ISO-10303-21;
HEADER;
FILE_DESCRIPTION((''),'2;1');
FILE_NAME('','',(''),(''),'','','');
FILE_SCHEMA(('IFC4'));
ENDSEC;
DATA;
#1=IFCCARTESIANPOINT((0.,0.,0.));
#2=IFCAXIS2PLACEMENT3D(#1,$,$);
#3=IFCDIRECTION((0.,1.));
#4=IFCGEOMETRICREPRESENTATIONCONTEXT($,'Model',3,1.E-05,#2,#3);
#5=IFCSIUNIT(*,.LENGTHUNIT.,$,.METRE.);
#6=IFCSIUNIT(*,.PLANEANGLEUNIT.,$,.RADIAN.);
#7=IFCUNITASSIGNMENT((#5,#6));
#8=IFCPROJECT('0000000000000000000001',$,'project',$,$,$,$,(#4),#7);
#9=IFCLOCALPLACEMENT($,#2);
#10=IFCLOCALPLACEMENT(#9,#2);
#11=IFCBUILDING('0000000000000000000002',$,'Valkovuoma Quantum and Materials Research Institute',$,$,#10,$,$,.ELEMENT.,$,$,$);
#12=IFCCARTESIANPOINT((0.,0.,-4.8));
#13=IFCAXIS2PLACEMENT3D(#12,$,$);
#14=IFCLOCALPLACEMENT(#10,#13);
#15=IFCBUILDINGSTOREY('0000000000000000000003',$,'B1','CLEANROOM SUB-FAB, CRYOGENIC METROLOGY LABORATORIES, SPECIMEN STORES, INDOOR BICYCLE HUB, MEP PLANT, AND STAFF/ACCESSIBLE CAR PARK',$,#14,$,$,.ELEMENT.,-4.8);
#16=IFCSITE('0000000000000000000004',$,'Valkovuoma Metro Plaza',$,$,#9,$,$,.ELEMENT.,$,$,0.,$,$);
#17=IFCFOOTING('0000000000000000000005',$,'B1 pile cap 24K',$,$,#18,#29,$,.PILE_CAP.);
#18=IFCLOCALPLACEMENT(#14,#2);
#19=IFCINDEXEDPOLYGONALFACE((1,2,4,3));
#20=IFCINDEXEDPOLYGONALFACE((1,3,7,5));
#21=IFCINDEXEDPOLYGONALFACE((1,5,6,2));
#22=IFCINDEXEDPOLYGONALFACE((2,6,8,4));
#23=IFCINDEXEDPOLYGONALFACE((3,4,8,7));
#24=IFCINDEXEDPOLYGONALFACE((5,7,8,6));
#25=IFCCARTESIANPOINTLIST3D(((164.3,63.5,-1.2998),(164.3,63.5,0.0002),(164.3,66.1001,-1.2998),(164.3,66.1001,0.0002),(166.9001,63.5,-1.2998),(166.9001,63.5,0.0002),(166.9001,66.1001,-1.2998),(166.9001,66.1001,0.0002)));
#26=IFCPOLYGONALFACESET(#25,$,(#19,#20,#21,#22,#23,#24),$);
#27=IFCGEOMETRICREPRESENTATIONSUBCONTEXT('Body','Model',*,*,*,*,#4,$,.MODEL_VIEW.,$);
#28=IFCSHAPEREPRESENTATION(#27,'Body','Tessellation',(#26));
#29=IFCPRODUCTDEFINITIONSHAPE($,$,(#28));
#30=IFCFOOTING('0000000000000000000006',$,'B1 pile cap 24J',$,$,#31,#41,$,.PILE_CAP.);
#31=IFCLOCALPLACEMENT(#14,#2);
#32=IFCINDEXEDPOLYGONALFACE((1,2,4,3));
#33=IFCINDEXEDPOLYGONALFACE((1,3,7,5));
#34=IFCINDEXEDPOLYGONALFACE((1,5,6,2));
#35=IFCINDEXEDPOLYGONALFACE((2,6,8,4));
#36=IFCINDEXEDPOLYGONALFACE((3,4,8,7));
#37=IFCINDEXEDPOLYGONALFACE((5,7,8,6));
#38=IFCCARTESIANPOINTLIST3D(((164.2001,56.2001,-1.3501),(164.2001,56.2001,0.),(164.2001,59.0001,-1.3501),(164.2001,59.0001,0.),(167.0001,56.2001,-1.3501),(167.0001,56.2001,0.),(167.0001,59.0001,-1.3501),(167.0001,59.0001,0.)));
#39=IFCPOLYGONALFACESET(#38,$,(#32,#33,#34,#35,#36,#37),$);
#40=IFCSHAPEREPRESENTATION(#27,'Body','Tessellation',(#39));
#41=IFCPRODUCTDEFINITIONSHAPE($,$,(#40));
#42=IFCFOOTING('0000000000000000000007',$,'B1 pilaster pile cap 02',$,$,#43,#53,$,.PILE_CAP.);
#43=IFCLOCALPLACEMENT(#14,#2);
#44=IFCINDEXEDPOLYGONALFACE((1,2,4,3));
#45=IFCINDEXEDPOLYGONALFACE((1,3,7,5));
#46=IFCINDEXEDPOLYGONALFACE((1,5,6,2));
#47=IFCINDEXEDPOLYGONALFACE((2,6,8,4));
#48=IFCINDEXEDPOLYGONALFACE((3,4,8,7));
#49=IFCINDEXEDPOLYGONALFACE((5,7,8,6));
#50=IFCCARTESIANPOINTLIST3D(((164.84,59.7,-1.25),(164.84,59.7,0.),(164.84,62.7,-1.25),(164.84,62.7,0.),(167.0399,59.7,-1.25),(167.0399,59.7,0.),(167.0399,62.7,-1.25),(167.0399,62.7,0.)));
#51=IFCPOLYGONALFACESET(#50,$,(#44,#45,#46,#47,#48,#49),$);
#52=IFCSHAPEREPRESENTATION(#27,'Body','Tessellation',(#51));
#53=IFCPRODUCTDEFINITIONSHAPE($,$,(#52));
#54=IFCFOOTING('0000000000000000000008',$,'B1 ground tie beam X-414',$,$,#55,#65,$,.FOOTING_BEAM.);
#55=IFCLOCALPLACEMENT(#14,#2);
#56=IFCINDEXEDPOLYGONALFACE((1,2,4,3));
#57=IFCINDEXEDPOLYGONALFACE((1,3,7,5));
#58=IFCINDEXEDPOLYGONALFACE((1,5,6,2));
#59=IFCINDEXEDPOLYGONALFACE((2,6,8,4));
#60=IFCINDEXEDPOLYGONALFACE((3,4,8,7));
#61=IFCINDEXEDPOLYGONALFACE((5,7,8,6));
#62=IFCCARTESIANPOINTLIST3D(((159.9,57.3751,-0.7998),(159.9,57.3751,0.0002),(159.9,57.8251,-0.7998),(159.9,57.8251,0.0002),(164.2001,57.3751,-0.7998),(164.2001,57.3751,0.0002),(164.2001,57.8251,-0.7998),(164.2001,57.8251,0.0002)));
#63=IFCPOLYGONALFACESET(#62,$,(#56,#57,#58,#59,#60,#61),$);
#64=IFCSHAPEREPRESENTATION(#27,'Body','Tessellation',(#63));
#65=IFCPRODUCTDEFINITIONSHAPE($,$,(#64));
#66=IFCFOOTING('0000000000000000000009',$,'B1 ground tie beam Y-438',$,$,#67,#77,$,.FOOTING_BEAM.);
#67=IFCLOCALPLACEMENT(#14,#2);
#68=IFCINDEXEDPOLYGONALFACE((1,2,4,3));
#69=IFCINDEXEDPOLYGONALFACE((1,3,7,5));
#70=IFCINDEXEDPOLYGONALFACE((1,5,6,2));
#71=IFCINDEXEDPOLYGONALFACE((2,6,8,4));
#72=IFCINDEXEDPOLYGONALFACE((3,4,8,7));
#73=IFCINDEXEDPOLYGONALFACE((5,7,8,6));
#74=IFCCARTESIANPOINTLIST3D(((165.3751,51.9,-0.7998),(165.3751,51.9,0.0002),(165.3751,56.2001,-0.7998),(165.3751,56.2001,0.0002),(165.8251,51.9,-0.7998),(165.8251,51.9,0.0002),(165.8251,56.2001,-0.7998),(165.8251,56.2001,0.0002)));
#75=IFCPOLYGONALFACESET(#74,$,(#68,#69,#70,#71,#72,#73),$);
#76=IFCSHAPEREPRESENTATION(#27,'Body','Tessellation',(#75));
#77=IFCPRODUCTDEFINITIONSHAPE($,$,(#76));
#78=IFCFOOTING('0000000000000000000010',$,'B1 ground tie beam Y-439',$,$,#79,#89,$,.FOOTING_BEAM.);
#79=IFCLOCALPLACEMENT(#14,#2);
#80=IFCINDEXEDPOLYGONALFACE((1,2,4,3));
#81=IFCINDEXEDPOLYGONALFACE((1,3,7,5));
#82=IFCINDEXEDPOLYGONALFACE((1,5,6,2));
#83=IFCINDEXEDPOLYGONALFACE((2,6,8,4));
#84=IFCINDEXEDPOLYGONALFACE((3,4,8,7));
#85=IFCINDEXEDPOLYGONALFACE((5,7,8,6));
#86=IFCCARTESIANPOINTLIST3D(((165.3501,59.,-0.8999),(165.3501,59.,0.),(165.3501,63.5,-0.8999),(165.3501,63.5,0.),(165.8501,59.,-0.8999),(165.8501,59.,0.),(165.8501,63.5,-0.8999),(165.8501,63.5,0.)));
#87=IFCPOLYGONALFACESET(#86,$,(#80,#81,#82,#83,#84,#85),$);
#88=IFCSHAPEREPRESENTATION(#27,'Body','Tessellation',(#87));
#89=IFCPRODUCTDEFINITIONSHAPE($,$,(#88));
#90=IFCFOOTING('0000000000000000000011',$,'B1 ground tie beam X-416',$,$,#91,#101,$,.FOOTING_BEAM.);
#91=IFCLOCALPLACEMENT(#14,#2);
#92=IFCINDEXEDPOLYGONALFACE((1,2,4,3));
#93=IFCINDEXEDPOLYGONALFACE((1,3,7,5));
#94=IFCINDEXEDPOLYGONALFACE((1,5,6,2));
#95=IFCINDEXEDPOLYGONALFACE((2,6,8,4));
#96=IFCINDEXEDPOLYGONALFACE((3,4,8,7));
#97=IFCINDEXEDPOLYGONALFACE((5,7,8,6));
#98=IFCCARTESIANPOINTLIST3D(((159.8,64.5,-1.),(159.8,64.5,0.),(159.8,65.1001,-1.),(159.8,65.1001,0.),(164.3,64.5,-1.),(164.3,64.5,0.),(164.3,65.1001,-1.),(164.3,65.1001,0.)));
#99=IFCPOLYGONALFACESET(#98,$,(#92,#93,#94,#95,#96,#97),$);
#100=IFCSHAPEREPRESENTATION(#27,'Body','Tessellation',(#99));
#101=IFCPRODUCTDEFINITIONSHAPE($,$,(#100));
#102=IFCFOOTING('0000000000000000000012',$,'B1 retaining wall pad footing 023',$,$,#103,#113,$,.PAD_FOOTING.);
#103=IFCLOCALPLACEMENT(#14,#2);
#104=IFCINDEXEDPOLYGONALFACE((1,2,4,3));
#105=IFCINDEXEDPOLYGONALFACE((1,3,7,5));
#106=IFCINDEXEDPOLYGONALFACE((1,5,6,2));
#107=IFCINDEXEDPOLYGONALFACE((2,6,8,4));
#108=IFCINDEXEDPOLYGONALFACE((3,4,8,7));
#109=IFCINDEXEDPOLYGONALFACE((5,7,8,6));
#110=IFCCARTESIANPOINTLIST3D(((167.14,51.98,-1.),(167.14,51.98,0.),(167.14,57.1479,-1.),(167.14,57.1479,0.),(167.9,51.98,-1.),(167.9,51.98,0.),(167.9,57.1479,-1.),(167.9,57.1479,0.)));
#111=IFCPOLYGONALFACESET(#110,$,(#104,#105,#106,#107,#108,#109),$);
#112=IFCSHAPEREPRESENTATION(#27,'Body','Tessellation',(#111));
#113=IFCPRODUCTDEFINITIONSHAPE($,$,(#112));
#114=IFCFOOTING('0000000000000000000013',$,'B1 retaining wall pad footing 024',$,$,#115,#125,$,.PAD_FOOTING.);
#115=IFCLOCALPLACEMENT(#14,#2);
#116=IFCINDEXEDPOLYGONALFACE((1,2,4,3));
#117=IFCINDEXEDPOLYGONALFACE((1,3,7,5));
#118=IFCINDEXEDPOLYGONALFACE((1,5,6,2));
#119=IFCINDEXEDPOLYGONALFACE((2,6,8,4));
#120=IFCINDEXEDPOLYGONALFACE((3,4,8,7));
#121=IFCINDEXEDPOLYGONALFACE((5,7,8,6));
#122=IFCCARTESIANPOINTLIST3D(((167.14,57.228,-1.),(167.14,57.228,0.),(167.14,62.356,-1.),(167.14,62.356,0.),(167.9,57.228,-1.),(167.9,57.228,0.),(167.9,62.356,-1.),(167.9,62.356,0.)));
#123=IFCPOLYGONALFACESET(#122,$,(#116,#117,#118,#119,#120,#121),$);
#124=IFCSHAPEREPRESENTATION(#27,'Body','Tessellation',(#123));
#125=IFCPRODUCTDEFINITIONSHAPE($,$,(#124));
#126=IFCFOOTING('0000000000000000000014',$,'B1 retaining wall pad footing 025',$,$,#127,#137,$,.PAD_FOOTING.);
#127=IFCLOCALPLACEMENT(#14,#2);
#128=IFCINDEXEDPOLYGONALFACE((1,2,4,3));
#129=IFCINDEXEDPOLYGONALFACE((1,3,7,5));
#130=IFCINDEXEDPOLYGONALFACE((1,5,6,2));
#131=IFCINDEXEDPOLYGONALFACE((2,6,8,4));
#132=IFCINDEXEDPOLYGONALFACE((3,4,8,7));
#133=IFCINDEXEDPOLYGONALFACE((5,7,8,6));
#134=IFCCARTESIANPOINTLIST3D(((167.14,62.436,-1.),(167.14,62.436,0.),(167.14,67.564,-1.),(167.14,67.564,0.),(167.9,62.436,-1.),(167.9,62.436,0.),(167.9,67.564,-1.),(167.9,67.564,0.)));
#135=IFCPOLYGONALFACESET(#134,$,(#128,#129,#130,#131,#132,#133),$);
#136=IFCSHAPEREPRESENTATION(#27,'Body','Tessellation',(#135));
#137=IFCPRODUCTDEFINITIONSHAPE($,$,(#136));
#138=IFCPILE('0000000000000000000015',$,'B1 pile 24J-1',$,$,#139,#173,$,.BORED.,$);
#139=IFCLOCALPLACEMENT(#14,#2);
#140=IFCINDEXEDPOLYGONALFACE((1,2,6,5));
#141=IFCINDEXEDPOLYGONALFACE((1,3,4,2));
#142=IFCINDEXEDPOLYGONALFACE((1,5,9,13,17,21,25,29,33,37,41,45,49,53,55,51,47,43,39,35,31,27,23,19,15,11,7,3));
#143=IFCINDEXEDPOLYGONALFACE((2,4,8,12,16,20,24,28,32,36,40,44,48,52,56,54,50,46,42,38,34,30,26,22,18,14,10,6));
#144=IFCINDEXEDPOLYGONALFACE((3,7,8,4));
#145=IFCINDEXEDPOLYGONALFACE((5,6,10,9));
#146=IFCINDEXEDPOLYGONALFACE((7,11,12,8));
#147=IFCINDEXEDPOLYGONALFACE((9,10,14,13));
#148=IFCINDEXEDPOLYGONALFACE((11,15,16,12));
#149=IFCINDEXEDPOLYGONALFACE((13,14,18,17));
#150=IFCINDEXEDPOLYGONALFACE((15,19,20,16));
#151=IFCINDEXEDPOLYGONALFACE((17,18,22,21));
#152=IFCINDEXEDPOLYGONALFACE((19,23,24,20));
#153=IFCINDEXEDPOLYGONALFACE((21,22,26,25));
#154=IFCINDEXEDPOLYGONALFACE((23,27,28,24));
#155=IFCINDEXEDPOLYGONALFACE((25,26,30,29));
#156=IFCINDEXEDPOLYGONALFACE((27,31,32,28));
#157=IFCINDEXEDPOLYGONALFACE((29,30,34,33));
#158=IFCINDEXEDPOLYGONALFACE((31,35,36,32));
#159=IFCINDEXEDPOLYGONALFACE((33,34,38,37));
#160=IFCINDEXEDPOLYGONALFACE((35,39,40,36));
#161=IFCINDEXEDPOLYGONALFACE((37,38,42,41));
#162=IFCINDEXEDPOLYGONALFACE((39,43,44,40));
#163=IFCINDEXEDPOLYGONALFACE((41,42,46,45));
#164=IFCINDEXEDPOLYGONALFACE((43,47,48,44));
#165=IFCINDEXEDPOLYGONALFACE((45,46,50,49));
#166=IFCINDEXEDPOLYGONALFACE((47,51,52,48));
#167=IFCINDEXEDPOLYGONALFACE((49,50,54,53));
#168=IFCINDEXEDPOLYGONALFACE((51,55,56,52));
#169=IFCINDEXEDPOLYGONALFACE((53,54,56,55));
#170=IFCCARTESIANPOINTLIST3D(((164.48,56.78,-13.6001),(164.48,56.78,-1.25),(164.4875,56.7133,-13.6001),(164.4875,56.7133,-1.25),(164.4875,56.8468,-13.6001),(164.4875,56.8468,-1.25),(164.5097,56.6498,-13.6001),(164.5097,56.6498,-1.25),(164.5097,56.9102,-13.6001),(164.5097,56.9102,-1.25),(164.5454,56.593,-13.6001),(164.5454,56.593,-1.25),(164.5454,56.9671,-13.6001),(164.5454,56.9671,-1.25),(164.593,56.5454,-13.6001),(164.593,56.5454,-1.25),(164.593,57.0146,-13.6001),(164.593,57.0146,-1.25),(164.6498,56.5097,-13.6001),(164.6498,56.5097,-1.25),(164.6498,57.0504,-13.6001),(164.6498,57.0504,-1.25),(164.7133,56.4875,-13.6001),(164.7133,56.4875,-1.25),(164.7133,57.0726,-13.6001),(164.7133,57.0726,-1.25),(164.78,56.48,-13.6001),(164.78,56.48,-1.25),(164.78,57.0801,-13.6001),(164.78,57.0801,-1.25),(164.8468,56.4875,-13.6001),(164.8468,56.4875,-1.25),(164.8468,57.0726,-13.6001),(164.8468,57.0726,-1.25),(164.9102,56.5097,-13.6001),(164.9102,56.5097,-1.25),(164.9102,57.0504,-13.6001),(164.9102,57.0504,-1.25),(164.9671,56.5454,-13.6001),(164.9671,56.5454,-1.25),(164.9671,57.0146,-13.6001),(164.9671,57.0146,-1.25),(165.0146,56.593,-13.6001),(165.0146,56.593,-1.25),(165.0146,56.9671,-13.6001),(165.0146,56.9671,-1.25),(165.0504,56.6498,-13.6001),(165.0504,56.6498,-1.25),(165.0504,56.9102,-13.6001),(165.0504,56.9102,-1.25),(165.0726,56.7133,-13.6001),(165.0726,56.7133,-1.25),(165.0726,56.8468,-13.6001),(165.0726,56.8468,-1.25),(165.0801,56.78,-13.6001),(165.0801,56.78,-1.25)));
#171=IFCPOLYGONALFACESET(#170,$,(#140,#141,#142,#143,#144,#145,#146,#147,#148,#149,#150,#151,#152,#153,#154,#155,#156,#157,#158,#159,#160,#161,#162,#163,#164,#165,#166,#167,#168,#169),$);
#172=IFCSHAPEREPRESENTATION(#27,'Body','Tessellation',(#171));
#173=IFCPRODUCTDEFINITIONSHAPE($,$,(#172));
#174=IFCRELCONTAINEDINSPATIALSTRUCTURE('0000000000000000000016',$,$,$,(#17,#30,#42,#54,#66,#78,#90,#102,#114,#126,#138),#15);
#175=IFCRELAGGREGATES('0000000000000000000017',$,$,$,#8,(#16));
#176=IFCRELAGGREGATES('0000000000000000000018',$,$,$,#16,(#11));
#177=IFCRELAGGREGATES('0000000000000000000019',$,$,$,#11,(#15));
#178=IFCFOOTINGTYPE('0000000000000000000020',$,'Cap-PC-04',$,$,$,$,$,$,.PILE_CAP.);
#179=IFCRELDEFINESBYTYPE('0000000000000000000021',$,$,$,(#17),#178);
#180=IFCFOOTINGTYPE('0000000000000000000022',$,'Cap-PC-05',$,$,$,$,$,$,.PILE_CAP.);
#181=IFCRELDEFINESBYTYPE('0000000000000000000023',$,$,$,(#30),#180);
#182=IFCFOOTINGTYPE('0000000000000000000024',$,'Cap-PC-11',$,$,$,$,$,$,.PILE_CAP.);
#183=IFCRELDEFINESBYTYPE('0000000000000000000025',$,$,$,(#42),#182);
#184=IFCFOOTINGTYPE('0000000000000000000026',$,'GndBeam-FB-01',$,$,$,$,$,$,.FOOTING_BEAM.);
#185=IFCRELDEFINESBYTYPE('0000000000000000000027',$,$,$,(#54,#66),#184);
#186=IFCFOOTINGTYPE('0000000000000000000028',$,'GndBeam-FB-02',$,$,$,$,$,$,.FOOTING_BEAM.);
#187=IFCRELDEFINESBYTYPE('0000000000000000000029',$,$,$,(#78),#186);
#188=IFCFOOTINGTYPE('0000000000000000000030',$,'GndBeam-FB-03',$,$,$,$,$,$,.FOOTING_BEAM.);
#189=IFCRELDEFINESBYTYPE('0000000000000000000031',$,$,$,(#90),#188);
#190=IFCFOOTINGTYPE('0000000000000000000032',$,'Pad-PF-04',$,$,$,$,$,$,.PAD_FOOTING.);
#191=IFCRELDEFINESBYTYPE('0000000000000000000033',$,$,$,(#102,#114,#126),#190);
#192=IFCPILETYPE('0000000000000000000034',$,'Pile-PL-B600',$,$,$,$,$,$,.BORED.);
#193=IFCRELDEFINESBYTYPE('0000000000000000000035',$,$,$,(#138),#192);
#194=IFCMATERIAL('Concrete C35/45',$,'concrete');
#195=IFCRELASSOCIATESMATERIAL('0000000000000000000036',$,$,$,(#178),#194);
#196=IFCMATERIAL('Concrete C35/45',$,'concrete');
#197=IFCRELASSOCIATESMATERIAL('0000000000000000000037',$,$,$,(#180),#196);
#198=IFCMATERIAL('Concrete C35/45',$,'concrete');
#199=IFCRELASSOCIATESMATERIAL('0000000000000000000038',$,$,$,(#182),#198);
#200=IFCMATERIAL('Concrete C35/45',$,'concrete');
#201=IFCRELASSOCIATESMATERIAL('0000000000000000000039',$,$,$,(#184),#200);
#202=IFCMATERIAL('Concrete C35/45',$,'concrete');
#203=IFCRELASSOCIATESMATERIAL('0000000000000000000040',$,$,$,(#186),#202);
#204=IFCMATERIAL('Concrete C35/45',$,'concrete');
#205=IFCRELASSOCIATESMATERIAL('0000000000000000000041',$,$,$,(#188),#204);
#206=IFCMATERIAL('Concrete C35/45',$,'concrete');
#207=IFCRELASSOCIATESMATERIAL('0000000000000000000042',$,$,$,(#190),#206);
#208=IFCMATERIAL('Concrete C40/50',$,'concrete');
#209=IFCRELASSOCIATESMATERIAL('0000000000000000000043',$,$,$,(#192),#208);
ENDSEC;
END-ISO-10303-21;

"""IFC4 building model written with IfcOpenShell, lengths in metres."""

from ifc_helpers import new_model, si_unit, direction, frame, origin, origin_2d, place, context, subcontext, project, spatial, rectangle, circle, extrude, material, material_profile, profile_set, type_object, element, save


model = new_model("IFC4")

# Units and contexts
model_context = context("Model", 3, precision=1e-05, world=origin(), true_north=direction((0.0, 1.0)))
body_context = subcontext(model_context, "Body", "Model", "MODEL_VIEW")
ifc_project = project(units=[si_unit("LENGTHUNIT", "METRE"), si_unit("PLANEANGLEUNIT", "RADIAN")], contexts=[model_context])

# Site, building, storey
site_placement = place(None, origin())
site = spatial("IfcSite", under=ifc_project, at=site_placement, Name="Valkovuoma Metro Plaza", CompositionType="ELEMENT", RefElevation=0.0)
building_placement = place(site_placement, origin())
building = spatial("IfcBuilding", under=site, at=building_placement, Name="Valkovuoma Quantum and Materials Research Institute", CompositionType="ELEMENT")
storey_placement = place(building_placement, frame((0.0, 0.0, -4.8)))
storey = spatial("IfcBuildingStorey", under=building, at=storey_placement, Name="B1", Description="CLEANROOM SUB-FAB, CRYOGENIC METROLOGY LABORATORIES, SPECIMEN STORES, INDOOR BICYCLE HUB, MEP PLANT, AND STAFF/ACCESSIBLE CAR PARK", CompositionType="ELEMENT", Elevation=-4.8)

# Footings
ifc_material_1 = material(Name="Concrete C35/45", Category="concrete")
footing_type_1 = type_object("IfcFootingType", Name="Cap-PC-04", PredefinedType="PILE_CAP", material=ifc_material_1)
footing_1_placement = place(storey_placement, frame((165.6001, 64.8, -1.2998), z_axis=(0.0, 0.0, 1.0), x_axis=(1.0, 0.0, 0.0)))
element("IfcFooting", 1, at=footing_1_placement, inside=storey, type_object=footing_type_1, Name="B1 pile cap 24K", PredefinedType="PILE_CAP", context=body_context, shape_type="SweptSolid", body=[
    extrude(rectangle(XDim=2.6001, YDim=2.6001, at=origin_2d()), origin(), (0.0, 0.0, 1.0), 1.3),
])
ifc_material_2 = material(Name="Concrete C35/45", Category="concrete")
footing_type_2 = type_object("IfcFootingType", Name="Cap-PC-05", PredefinedType="PILE_CAP", material=ifc_material_2)
footing_2_placement = place(storey_placement, frame((165.6001, 57.6001, -1.3501), z_axis=(0.0, 0.0, 1.0), x_axis=(1.0, 0.0, 0.0)))
element("IfcFooting", 2, at=footing_2_placement, inside=storey, type_object=footing_type_2, Name="B1 pile cap 24J", PredefinedType="PILE_CAP", context=body_context, shape_type="SweptSolid", body=[
    extrude(rectangle(XDim=2.8, YDim=2.8, at=origin_2d()), origin(), (0.0, 0.0, 1.0), 1.3501),
])
ifc_material_3 = material(Name="Concrete C35/45", Category="concrete")
footing_type_3 = type_object("IfcFootingType", Name="Cap-PC-11", PredefinedType="PILE_CAP", material=ifc_material_3)
footing_3_placement = place(storey_placement, frame((165.9399, 61.2, -1.25), z_axis=(0.0, 0.0, 1.0), x_axis=(1.0, 0.0, 0.0)))
element("IfcFooting", 3, at=footing_3_placement, inside=storey, type_object=footing_type_3, Name="B1 pilaster pile cap 02", PredefinedType="PILE_CAP", context=body_context, shape_type="SweptSolid", body=[
    extrude(rectangle(XDim=2.2, YDim=3.0, at=origin_2d()), origin(), (0.0, 0.0, 1.0), 1.25),
])
ifc_material_4 = material(Name="Concrete C35/45", Category="concrete")
footing_type_4 = type_object("IfcFootingType", Name="GndBeam-FB-01", PredefinedType="FOOTING_BEAM", material=ifc_material_4)
for number, where, z_axis, x_axis, name in (
    (4, (162.05, 57.6001, -0.7998), (0.0, 0.0, 1.0), (1.0, 0.0, 0.0), "B1 ground tie beam X-414"),
    (5, (165.6001, 54.05, -0.7998), (0.0, 0.0, 1.0), (0.0, 1.0, 0.0), "B1 ground tie beam Y-438"),
):
    element("IfcFooting", number, at=place(storey_placement, frame(where, z_axis=z_axis, x_axis=x_axis)), inside=storey, type_object=footing_type_4, Name=name, PredefinedType="FOOTING_BEAM", context=body_context, shape_type="SweptSolid", body=[
        extrude(rectangle(XDim=4.3, YDim=0.45, at=origin_2d()), origin(), (0.0, 0.0, 1.0), 0.8),
    ])
ifc_material_5 = material(Name="Concrete C35/45", Category="concrete")
footing_type_5 = type_object("IfcFootingType", Name="GndBeam-FB-02", PredefinedType="FOOTING_BEAM", material=ifc_material_5)
footing_4_placement = place(storey_placement, frame((165.6001, 61.25, -0.8999), z_axis=(0.0, 0.0, 1.0), x_axis=(0.0, 1.0, 0.0)))
element("IfcFooting", 6, at=footing_4_placement, inside=storey, type_object=footing_type_5, Name="B1 ground tie beam Y-439", PredefinedType="FOOTING_BEAM", context=body_context, shape_type="SweptSolid", body=[
    extrude(rectangle(XDim=4.5, YDim=0.5, at=origin_2d()), origin(), (0.0, 0.0, 1.0), 0.8999),
])
ifc_material_6 = material(Name="Concrete C35/45", Category="concrete")
footing_type_6 = type_object("IfcFootingType", Name="GndBeam-FB-03", PredefinedType="FOOTING_BEAM", material=ifc_material_6)
footing_5_placement = place(storey_placement, frame((162.05, 64.8, -1.0), z_axis=(0.0, 0.0, 1.0), x_axis=(1.0, 0.0, 0.0)))
element("IfcFooting", 7, at=footing_5_placement, inside=storey, type_object=footing_type_6, Name="B1 ground tie beam X-416", PredefinedType="FOOTING_BEAM", context=body_context, shape_type="SweptSolid", body=[
    extrude(rectangle(XDim=4.5, YDim=0.6001, at=origin_2d()), origin(), (0.0, 0.0, 1.0), 1.0),
])
ifc_material_7 = material(Name="Concrete C35/45", Category="concrete")
footing_type_7 = type_object("IfcFootingType", Name="Pad-PF-04", PredefinedType="PAD_FOOTING", material=ifc_material_7)
footing_6_placement = place(storey_placement, frame((167.52, 54.564, -1.0), z_axis=(0.0, 0.0, 1.0), x_axis=(0.0, 1.0, 0.0)))
element("IfcFooting", 8, at=footing_6_placement, inside=storey, type_object=footing_type_7, Name="B1 retaining wall pad footing 023", PredefinedType="PAD_FOOTING", context=body_context, shape_type="SweptSolid", body=[
    extrude(rectangle(XDim=5.168, YDim=0.76, at=origin_2d()), origin(), (0.0, 0.0, 1.0), 1.0),
])
for number, where, z_axis, x_axis, name in (
    (9, (167.52, 59.792, -1.0), (0.0, 0.0, 1.0), (0.0, 1.0, 0.0), "B1 retaining wall pad footing 024"),
    (10, (167.52, 65.0, -1.0), (0.0, 0.0, 1.0), (0.0, 1.0, 0.0), "B1 retaining wall pad footing 025"),
):
    element("IfcFooting", number, at=place(storey_placement, frame(where, z_axis=z_axis, x_axis=x_axis)), inside=storey, type_object=footing_type_7, Name=name, PredefinedType="PAD_FOOTING", context=body_context, shape_type="SweptSolid", body=[
        extrude(rectangle(XDim=5.1279, YDim=0.76, at=origin_2d()), origin(), (0.0, 0.0, 1.0), 1.0),
    ])

# Pile
ifc_material_8 = material(Name="Concrete C40/50", Category="concrete")
ifc_material_profile_1 = material_profile(ifc_material_8, circle(Radius=0.3, at=origin_2d()), Name="Concrete C40/50")
ifc_profile_set_1 = profile_set([ifc_material_profile_1], Name="Concrete C40/50")
pile_type = type_object("IfcPileType", Name="Pile-PL-B600", PredefinedType="BORED", material=ifc_profile_set_1)
for number, where, z_axis, x_axis, name in (
    (11, (164.78, 56.78, -1.25), (0.0, 0.0, -1.0), (1.0, 0.0, 0.0), "B1 pile 24J-1"),
):
    element("IfcPile", number, at=place(storey_placement, frame(where, z_axis=z_axis, x_axis=x_axis)), inside=storey, type_object=pile_type, Name=name, PredefinedType="BORED", context=body_context, shape_type="SweptSolid", body=[
        extrude(circle(Radius=0.3, at=origin_2d()), origin(), (0.0, 0.0, 1.0), 12.3501),
    ])

save(model, "model.ifc")
